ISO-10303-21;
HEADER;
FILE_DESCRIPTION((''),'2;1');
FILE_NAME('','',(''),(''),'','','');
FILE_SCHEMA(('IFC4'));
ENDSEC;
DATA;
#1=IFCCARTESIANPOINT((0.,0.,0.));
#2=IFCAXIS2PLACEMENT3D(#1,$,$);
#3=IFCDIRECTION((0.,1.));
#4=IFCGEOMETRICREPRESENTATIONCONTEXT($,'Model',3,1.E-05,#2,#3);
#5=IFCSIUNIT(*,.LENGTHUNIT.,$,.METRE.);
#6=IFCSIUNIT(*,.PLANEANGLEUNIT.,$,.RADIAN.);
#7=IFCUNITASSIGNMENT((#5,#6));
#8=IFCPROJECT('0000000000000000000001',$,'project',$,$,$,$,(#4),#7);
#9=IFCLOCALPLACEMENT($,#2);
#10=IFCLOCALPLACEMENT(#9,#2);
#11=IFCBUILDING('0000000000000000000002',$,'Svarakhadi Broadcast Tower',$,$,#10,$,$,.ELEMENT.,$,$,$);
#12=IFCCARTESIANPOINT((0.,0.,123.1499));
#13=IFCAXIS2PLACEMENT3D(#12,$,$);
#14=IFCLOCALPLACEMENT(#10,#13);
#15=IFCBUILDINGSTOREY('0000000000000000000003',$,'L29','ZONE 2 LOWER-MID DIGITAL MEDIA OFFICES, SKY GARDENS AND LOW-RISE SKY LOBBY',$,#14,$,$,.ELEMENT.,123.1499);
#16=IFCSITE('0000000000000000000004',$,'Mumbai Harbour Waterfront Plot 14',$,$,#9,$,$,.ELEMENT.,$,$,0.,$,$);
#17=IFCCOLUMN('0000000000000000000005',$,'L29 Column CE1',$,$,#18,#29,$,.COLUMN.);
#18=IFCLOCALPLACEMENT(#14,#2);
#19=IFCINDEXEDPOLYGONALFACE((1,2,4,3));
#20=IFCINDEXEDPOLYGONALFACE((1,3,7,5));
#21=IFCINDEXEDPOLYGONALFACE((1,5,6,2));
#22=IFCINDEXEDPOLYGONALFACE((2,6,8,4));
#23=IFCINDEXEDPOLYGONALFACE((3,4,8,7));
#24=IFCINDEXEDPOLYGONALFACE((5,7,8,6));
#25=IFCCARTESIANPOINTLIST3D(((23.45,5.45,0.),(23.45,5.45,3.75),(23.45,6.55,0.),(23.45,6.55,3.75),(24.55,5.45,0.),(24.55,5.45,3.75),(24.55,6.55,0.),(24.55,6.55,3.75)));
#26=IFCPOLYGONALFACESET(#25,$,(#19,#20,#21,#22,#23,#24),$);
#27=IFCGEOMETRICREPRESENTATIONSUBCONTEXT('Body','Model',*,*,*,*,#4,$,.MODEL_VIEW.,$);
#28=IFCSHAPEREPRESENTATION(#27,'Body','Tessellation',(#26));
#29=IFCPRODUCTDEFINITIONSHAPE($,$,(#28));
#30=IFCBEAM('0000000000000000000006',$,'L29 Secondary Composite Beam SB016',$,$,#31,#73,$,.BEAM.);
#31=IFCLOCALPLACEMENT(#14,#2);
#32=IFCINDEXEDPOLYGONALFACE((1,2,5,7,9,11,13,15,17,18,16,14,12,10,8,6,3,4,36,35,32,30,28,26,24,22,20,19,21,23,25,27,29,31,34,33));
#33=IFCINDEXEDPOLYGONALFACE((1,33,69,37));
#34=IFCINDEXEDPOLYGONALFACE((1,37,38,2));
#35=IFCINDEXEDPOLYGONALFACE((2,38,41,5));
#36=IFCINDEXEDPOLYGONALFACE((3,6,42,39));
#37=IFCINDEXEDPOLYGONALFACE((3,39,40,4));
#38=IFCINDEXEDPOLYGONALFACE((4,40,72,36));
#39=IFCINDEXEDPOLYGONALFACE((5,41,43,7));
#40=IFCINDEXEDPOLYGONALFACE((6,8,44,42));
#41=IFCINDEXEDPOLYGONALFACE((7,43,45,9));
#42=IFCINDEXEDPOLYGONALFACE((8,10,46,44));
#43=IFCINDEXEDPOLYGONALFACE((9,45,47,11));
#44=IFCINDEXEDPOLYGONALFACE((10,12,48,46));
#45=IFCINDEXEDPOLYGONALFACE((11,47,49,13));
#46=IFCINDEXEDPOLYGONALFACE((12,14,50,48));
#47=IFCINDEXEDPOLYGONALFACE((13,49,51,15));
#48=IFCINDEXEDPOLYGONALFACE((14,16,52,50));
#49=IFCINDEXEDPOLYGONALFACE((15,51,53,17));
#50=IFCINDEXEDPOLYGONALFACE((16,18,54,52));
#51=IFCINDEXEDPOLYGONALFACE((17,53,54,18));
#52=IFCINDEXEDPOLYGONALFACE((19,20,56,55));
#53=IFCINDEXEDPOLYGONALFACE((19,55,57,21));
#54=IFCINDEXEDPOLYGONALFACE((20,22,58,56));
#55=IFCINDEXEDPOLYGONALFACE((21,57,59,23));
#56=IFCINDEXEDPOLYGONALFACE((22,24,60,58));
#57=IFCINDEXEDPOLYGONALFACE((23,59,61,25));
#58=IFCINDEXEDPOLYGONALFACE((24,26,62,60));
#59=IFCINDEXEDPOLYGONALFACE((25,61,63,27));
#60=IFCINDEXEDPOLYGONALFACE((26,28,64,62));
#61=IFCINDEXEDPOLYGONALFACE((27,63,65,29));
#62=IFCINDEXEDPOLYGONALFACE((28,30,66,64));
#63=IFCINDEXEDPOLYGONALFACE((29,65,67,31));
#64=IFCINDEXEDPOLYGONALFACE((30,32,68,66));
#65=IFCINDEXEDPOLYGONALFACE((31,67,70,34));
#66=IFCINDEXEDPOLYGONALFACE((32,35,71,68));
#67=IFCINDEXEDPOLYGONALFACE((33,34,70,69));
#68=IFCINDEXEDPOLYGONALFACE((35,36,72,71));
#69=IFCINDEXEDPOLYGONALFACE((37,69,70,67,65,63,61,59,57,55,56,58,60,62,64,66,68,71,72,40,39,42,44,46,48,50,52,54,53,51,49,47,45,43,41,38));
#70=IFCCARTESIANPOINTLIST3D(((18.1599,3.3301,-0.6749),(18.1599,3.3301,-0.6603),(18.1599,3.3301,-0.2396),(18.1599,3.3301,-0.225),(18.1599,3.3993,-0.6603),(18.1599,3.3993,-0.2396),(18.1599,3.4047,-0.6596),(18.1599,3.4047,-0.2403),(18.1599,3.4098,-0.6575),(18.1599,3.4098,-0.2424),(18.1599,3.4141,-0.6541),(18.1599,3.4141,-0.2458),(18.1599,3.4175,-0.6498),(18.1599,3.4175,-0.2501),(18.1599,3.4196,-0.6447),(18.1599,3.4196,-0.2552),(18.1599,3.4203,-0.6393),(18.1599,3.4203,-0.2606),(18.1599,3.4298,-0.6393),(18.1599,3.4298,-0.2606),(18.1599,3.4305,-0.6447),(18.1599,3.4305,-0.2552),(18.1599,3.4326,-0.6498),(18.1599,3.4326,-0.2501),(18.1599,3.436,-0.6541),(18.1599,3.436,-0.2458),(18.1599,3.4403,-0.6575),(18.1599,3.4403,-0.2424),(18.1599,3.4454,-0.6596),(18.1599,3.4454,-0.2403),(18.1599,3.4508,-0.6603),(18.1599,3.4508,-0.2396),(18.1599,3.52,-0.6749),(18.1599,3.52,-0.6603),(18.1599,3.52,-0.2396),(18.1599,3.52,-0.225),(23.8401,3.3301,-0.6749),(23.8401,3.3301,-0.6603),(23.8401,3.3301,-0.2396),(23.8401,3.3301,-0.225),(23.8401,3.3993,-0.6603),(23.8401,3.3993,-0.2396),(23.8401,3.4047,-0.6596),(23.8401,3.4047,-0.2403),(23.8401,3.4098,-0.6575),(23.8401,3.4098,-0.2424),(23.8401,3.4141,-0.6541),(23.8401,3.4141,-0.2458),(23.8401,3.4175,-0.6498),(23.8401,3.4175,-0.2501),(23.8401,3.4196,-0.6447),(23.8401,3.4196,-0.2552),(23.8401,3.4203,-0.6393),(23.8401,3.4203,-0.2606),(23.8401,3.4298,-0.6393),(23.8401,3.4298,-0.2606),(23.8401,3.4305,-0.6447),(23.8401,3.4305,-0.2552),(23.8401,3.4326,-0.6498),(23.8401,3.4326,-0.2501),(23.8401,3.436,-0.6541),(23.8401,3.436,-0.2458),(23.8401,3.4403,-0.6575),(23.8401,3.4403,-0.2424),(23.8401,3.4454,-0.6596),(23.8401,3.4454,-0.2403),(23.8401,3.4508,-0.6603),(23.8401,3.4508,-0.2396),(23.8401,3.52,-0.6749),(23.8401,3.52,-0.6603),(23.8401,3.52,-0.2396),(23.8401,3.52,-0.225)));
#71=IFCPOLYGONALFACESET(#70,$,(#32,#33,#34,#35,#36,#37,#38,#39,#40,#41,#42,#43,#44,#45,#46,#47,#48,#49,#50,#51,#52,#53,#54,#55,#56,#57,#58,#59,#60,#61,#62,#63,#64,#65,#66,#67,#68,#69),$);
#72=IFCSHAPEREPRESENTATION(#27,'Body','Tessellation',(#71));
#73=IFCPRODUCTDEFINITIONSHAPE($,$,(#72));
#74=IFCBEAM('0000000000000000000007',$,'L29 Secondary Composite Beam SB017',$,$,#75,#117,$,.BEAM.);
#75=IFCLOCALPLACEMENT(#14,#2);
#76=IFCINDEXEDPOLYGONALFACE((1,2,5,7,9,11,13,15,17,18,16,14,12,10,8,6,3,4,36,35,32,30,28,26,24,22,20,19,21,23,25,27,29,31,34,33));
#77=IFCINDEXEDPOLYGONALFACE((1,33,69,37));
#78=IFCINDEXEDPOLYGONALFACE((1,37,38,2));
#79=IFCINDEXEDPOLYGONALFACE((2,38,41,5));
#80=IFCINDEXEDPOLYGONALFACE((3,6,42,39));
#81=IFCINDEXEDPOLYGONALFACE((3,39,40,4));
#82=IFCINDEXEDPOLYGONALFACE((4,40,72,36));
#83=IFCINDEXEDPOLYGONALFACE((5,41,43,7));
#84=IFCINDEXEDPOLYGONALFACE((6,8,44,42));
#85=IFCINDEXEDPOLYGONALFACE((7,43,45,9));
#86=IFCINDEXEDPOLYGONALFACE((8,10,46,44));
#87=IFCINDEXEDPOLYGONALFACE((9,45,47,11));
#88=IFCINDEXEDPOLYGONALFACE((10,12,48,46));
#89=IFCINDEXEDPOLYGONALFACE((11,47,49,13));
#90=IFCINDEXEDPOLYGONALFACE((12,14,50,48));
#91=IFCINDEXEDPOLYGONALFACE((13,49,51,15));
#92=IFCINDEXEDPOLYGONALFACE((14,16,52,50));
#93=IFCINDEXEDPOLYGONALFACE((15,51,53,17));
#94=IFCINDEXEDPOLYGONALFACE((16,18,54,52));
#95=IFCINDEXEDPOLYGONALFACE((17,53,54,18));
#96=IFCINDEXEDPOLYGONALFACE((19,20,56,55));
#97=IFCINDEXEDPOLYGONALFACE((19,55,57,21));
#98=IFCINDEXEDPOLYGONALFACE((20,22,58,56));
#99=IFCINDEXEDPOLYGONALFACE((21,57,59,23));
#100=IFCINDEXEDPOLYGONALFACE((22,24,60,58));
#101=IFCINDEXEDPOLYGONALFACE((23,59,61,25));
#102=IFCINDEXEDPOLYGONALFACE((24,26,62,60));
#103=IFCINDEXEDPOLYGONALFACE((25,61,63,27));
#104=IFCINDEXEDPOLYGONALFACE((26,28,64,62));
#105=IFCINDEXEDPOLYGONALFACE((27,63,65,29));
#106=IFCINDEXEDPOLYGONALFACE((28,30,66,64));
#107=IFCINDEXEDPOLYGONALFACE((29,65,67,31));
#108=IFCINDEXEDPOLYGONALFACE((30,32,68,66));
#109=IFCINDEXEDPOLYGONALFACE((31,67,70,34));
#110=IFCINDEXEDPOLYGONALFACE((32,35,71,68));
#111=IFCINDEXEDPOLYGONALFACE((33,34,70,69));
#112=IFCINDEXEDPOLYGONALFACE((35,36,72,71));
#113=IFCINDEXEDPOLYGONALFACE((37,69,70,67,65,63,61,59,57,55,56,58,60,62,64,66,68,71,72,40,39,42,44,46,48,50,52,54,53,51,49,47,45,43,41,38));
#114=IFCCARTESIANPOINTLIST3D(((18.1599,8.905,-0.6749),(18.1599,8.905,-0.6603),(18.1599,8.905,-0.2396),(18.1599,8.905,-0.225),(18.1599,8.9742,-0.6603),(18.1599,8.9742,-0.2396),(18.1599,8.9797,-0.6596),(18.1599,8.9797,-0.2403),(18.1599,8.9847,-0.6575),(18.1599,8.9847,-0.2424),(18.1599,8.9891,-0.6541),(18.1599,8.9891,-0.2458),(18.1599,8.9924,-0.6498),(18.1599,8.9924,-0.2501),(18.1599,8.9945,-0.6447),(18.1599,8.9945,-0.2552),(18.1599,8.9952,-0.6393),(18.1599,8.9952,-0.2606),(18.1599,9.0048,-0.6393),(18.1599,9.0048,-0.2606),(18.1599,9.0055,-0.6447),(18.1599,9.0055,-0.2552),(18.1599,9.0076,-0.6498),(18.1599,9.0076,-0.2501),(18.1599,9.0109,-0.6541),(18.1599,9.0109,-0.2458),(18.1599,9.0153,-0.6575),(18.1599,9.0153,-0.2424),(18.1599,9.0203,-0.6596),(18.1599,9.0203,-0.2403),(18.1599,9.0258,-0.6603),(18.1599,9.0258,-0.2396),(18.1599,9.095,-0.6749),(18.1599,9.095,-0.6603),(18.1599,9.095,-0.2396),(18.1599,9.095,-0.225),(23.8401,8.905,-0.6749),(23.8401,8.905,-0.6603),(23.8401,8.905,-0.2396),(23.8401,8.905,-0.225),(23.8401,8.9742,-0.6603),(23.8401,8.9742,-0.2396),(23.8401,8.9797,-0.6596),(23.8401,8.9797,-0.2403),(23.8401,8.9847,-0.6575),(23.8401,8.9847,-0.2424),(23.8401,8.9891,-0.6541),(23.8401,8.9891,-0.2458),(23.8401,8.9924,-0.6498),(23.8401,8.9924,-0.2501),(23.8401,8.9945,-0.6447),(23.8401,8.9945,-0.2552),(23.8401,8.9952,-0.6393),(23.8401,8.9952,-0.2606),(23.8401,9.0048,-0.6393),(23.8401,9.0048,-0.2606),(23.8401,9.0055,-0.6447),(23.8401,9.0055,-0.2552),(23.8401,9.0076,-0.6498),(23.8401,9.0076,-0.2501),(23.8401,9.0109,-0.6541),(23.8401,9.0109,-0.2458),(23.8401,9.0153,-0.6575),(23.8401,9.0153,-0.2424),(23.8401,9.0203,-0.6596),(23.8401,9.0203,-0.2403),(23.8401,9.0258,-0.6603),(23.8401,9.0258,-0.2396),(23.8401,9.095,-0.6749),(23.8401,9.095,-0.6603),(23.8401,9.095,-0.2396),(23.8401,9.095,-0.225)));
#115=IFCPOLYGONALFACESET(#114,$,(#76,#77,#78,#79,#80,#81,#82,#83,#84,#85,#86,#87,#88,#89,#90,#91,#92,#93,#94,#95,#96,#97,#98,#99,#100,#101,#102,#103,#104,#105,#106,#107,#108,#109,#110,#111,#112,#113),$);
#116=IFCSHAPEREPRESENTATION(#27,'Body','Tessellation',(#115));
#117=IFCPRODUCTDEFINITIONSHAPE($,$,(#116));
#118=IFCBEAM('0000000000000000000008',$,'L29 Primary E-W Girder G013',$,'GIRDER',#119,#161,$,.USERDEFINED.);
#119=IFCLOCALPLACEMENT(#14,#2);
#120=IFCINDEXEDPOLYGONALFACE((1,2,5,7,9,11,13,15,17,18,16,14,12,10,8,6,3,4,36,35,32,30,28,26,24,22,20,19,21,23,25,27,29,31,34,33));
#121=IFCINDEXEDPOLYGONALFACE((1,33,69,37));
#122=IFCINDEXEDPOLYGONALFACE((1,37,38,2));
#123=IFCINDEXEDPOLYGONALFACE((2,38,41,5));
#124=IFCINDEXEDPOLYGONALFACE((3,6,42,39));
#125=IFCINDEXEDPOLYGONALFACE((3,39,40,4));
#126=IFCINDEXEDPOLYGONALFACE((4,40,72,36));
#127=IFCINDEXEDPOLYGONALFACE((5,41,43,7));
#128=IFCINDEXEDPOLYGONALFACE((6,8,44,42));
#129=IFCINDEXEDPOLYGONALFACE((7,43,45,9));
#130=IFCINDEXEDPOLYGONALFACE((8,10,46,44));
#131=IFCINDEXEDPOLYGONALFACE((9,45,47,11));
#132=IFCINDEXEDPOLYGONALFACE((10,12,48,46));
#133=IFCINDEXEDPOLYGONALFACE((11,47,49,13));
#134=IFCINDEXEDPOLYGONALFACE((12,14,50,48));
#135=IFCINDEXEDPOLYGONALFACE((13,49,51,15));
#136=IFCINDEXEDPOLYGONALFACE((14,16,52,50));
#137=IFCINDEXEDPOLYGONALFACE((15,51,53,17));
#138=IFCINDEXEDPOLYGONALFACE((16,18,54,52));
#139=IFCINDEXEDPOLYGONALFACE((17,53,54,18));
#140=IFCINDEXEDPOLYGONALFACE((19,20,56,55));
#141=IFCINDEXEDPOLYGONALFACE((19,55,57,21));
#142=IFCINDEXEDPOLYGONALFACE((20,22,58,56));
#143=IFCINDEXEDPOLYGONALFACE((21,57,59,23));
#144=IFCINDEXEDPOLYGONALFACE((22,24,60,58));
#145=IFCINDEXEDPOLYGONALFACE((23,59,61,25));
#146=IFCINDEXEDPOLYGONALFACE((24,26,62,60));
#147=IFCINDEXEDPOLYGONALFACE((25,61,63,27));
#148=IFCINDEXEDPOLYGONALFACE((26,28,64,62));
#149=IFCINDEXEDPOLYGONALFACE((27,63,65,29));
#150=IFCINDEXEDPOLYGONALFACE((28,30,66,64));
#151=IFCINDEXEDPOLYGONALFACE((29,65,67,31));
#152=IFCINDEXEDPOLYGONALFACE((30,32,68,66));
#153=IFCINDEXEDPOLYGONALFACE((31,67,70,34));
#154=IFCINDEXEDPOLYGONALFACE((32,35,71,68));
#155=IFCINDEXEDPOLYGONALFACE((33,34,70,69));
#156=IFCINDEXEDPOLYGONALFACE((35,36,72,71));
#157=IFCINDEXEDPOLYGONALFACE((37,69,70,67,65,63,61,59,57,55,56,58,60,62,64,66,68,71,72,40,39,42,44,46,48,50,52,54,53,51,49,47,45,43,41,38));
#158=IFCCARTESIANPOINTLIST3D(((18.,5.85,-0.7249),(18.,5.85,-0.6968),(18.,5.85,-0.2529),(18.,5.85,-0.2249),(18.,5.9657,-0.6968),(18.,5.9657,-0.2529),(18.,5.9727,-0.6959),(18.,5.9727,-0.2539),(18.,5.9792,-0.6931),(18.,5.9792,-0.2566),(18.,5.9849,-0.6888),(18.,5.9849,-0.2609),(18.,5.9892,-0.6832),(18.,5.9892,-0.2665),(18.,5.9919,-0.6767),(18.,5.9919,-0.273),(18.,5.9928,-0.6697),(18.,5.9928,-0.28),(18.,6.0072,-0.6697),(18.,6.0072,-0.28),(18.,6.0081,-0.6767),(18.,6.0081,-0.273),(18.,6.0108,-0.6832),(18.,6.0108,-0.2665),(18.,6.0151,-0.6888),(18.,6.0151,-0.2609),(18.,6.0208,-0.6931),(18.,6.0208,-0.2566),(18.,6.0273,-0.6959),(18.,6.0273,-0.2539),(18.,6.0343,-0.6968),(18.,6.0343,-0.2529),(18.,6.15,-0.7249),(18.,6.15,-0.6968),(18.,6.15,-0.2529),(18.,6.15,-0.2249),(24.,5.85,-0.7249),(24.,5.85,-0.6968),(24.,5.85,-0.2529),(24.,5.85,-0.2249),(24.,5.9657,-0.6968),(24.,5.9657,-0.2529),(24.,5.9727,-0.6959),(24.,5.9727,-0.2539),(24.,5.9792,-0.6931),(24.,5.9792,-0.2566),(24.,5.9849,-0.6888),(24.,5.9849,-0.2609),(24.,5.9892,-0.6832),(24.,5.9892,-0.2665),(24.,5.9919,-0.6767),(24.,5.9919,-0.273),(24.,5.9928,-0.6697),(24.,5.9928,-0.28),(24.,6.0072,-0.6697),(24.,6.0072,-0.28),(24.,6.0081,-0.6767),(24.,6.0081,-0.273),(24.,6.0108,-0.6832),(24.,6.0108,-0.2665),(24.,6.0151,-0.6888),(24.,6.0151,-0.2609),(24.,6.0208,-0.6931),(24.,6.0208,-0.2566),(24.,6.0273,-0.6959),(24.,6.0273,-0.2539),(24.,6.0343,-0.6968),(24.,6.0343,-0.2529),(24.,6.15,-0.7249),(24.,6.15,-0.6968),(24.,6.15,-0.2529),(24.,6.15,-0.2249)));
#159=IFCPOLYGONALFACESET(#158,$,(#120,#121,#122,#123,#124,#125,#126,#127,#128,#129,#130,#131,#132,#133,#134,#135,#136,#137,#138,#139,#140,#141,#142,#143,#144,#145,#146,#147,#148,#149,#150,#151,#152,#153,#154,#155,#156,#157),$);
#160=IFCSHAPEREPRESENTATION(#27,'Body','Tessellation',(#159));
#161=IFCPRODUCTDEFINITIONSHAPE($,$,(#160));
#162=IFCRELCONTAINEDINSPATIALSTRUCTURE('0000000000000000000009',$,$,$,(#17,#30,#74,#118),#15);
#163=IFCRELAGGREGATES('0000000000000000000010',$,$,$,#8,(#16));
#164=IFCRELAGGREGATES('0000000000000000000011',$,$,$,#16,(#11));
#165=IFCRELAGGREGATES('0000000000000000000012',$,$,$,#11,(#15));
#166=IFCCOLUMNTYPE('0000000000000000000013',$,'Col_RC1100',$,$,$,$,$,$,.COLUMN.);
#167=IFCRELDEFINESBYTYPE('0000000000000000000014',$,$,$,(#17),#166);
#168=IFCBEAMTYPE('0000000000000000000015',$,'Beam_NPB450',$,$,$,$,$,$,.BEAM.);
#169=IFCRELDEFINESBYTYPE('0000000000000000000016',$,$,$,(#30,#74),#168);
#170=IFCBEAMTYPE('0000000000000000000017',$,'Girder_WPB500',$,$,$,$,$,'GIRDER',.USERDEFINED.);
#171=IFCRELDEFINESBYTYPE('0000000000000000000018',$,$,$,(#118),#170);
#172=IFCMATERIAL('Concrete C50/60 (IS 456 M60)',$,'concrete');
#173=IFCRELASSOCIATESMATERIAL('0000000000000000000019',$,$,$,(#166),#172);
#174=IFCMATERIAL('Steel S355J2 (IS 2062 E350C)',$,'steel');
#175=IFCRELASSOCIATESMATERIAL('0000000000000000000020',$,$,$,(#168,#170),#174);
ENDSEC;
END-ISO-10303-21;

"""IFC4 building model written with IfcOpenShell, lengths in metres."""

from ifc_helpers import new_model, si_unit, direction, frame, origin, origin_2d, place, context, subcontext, project, spatial, rectangle, i_section, extrude, material, material_profile, profile_set, type_object, element, save


model = new_model("IFC4")

# Units and contexts
model_context = context("Model", 3, precision=1e-05, world=origin(), true_north=direction((0.0, 1.0)))
body_context = subcontext(model_context, "Body", "Model", "MODEL_VIEW")
ifc_project = project(units=[si_unit("LENGTHUNIT", "METRE"), si_unit("PLANEANGLEUNIT", "RADIAN")], contexts=[model_context])

# Site, building, storey
site_placement = place(None, origin())
site = spatial("IfcSite", under=ifc_project, at=site_placement, Name="Mumbai Harbour Waterfront Plot 14", CompositionType="ELEMENT", RefElevation=0.0)
building_placement = place(site_placement, origin())
building = spatial("IfcBuilding", under=site, at=building_placement, Name="Svarakhadi Broadcast Tower", CompositionType="ELEMENT")
storey_placement = place(building_placement, frame((0.0, 0.0, 123.1499)))
storey = spatial("IfcBuildingStorey", under=building, at=storey_placement, Name="L29", Description="ZONE 2 LOWER-MID DIGITAL MEDIA OFFICES, SKY GARDENS AND LOW-RISE SKY LOBBY", CompositionType="ELEMENT", Elevation=123.1499)

# Column
ifc_material_1 = material(Name="Concrete C50/60 (IS 456 M60)", Category="concrete")
ifc_material_profile_1 = material_profile(ifc_material_1, rectangle(XDim=1.1001, YDim=1.1001, at=origin_2d()), Name="RC 1100x1100")
ifc_profile_set_1 = profile_set([ifc_material_profile_1], Name="Concrete C50/60 (IS 456 M60)")
column_type = type_object("IfcColumnType", Name="Col_RC1100", PredefinedType="COLUMN", material=ifc_profile_set_1)
column_placement = place(storey_placement, frame((24.0, 6.0, 0.0), z_axis=(0.0, 0.0, 1.0), x_axis=(1.0, 0.0, 0.0)))
element("IfcColumn", 1, at=column_placement, inside=storey, type_object=column_type, Name="L29 Column CE1", PredefinedType="COLUMN", context=body_context, shape_type="SweptSolid", body=[
    extrude(rectangle(XDim=1.1001, YDim=1.1001, at=origin_2d()), origin(), (0.0, 0.0, 1.0), 3.75),
])

# Beams
ifc_material_2 = material(Name="Steel S355J2 (IS 2062 E350C)", Category="steel")
ifc_material_profile_2 = material_profile(ifc_material_2, i_section(OverallWidth=0.1899, OverallDepth=0.45, WebThickness=0.0095, FlangeThickness=0.0146, FilletRadius=0.021, at=origin_2d()), Name="NPB 450x190x78")
ifc_profile_set_2 = profile_set([ifc_material_profile_2], Name="Steel S355J2 (IS 2062 E350C)")
beam_type_1 = type_object("IfcBeamType", Name="Beam_NPB450", PredefinedType="BEAM", material=ifc_profile_set_2)
for number, where, z_axis, x_axis, name in (
    (2, (18.1599, 3.425, -0.45), (1.0, 0.0, 0.0), (0.0, 1.0, 0.0), "L29 Secondary Composite Beam SB016"),
    (3, (18.1599, 9.0, -0.45), (1.0, 0.0, 0.0), (0.0, 1.0, 0.0), "L29 Secondary Composite Beam SB017"),
):
    element("IfcBeam", number, at=place(storey_placement, frame(where, z_axis=z_axis, x_axis=x_axis)), inside=storey, type_object=beam_type_1, Name=name, PredefinedType="BEAM", context=body_context, shape_type="SweptSolid", body=[
        extrude(i_section(OverallWidth=0.1899, OverallDepth=0.45, WebThickness=0.0095, FlangeThickness=0.0146, FilletRadius=0.021, at=origin_2d()), origin(), (0.0, 0.0, 1.0), 5.6802),
    ])
ifc_material_profile_3 = material_profile(ifc_material_2, i_section(OverallWidth=0.3, OverallDepth=0.5, WebThickness=0.0144, FlangeThickness=0.0281, FilletRadius=0.0271, at=origin_2d()), Name="WPB 500x300x187")
ifc_profile_set_3 = profile_set([ifc_material_profile_3], Name="Steel S355J2 (IS 2062 E350C)")
beam_type_2 = type_object("IfcBeamType", Name="Girder_WPB500", ElementType="GIRDER", PredefinedType="USERDEFINED", material=ifc_profile_set_3)
for number, where, z_axis, x_axis, name in (
    (4, (18.0, 6.0, -0.4749), (1.0, 0.0, 0.0), (0.0, 1.0, 0.0), "L29 Primary E-W Girder G013"),
):
    element("IfcBeam", number, at=place(storey_placement, frame(where, z_axis=z_axis, x_axis=x_axis)), inside=storey, type_object=beam_type_2, Name=name, ObjectType="GIRDER", PredefinedType="USERDEFINED", context=body_context, shape_type="SweptSolid", body=[
        extrude(i_section(OverallWidth=0.3, OverallDepth=0.5, WebThickness=0.0144, FlangeThickness=0.0281, FilletRadius=0.0271, at=origin_2d()), origin(), (0.0, 0.0, 1.0), 6.0),
    ])

save(model, "model.ifc")
